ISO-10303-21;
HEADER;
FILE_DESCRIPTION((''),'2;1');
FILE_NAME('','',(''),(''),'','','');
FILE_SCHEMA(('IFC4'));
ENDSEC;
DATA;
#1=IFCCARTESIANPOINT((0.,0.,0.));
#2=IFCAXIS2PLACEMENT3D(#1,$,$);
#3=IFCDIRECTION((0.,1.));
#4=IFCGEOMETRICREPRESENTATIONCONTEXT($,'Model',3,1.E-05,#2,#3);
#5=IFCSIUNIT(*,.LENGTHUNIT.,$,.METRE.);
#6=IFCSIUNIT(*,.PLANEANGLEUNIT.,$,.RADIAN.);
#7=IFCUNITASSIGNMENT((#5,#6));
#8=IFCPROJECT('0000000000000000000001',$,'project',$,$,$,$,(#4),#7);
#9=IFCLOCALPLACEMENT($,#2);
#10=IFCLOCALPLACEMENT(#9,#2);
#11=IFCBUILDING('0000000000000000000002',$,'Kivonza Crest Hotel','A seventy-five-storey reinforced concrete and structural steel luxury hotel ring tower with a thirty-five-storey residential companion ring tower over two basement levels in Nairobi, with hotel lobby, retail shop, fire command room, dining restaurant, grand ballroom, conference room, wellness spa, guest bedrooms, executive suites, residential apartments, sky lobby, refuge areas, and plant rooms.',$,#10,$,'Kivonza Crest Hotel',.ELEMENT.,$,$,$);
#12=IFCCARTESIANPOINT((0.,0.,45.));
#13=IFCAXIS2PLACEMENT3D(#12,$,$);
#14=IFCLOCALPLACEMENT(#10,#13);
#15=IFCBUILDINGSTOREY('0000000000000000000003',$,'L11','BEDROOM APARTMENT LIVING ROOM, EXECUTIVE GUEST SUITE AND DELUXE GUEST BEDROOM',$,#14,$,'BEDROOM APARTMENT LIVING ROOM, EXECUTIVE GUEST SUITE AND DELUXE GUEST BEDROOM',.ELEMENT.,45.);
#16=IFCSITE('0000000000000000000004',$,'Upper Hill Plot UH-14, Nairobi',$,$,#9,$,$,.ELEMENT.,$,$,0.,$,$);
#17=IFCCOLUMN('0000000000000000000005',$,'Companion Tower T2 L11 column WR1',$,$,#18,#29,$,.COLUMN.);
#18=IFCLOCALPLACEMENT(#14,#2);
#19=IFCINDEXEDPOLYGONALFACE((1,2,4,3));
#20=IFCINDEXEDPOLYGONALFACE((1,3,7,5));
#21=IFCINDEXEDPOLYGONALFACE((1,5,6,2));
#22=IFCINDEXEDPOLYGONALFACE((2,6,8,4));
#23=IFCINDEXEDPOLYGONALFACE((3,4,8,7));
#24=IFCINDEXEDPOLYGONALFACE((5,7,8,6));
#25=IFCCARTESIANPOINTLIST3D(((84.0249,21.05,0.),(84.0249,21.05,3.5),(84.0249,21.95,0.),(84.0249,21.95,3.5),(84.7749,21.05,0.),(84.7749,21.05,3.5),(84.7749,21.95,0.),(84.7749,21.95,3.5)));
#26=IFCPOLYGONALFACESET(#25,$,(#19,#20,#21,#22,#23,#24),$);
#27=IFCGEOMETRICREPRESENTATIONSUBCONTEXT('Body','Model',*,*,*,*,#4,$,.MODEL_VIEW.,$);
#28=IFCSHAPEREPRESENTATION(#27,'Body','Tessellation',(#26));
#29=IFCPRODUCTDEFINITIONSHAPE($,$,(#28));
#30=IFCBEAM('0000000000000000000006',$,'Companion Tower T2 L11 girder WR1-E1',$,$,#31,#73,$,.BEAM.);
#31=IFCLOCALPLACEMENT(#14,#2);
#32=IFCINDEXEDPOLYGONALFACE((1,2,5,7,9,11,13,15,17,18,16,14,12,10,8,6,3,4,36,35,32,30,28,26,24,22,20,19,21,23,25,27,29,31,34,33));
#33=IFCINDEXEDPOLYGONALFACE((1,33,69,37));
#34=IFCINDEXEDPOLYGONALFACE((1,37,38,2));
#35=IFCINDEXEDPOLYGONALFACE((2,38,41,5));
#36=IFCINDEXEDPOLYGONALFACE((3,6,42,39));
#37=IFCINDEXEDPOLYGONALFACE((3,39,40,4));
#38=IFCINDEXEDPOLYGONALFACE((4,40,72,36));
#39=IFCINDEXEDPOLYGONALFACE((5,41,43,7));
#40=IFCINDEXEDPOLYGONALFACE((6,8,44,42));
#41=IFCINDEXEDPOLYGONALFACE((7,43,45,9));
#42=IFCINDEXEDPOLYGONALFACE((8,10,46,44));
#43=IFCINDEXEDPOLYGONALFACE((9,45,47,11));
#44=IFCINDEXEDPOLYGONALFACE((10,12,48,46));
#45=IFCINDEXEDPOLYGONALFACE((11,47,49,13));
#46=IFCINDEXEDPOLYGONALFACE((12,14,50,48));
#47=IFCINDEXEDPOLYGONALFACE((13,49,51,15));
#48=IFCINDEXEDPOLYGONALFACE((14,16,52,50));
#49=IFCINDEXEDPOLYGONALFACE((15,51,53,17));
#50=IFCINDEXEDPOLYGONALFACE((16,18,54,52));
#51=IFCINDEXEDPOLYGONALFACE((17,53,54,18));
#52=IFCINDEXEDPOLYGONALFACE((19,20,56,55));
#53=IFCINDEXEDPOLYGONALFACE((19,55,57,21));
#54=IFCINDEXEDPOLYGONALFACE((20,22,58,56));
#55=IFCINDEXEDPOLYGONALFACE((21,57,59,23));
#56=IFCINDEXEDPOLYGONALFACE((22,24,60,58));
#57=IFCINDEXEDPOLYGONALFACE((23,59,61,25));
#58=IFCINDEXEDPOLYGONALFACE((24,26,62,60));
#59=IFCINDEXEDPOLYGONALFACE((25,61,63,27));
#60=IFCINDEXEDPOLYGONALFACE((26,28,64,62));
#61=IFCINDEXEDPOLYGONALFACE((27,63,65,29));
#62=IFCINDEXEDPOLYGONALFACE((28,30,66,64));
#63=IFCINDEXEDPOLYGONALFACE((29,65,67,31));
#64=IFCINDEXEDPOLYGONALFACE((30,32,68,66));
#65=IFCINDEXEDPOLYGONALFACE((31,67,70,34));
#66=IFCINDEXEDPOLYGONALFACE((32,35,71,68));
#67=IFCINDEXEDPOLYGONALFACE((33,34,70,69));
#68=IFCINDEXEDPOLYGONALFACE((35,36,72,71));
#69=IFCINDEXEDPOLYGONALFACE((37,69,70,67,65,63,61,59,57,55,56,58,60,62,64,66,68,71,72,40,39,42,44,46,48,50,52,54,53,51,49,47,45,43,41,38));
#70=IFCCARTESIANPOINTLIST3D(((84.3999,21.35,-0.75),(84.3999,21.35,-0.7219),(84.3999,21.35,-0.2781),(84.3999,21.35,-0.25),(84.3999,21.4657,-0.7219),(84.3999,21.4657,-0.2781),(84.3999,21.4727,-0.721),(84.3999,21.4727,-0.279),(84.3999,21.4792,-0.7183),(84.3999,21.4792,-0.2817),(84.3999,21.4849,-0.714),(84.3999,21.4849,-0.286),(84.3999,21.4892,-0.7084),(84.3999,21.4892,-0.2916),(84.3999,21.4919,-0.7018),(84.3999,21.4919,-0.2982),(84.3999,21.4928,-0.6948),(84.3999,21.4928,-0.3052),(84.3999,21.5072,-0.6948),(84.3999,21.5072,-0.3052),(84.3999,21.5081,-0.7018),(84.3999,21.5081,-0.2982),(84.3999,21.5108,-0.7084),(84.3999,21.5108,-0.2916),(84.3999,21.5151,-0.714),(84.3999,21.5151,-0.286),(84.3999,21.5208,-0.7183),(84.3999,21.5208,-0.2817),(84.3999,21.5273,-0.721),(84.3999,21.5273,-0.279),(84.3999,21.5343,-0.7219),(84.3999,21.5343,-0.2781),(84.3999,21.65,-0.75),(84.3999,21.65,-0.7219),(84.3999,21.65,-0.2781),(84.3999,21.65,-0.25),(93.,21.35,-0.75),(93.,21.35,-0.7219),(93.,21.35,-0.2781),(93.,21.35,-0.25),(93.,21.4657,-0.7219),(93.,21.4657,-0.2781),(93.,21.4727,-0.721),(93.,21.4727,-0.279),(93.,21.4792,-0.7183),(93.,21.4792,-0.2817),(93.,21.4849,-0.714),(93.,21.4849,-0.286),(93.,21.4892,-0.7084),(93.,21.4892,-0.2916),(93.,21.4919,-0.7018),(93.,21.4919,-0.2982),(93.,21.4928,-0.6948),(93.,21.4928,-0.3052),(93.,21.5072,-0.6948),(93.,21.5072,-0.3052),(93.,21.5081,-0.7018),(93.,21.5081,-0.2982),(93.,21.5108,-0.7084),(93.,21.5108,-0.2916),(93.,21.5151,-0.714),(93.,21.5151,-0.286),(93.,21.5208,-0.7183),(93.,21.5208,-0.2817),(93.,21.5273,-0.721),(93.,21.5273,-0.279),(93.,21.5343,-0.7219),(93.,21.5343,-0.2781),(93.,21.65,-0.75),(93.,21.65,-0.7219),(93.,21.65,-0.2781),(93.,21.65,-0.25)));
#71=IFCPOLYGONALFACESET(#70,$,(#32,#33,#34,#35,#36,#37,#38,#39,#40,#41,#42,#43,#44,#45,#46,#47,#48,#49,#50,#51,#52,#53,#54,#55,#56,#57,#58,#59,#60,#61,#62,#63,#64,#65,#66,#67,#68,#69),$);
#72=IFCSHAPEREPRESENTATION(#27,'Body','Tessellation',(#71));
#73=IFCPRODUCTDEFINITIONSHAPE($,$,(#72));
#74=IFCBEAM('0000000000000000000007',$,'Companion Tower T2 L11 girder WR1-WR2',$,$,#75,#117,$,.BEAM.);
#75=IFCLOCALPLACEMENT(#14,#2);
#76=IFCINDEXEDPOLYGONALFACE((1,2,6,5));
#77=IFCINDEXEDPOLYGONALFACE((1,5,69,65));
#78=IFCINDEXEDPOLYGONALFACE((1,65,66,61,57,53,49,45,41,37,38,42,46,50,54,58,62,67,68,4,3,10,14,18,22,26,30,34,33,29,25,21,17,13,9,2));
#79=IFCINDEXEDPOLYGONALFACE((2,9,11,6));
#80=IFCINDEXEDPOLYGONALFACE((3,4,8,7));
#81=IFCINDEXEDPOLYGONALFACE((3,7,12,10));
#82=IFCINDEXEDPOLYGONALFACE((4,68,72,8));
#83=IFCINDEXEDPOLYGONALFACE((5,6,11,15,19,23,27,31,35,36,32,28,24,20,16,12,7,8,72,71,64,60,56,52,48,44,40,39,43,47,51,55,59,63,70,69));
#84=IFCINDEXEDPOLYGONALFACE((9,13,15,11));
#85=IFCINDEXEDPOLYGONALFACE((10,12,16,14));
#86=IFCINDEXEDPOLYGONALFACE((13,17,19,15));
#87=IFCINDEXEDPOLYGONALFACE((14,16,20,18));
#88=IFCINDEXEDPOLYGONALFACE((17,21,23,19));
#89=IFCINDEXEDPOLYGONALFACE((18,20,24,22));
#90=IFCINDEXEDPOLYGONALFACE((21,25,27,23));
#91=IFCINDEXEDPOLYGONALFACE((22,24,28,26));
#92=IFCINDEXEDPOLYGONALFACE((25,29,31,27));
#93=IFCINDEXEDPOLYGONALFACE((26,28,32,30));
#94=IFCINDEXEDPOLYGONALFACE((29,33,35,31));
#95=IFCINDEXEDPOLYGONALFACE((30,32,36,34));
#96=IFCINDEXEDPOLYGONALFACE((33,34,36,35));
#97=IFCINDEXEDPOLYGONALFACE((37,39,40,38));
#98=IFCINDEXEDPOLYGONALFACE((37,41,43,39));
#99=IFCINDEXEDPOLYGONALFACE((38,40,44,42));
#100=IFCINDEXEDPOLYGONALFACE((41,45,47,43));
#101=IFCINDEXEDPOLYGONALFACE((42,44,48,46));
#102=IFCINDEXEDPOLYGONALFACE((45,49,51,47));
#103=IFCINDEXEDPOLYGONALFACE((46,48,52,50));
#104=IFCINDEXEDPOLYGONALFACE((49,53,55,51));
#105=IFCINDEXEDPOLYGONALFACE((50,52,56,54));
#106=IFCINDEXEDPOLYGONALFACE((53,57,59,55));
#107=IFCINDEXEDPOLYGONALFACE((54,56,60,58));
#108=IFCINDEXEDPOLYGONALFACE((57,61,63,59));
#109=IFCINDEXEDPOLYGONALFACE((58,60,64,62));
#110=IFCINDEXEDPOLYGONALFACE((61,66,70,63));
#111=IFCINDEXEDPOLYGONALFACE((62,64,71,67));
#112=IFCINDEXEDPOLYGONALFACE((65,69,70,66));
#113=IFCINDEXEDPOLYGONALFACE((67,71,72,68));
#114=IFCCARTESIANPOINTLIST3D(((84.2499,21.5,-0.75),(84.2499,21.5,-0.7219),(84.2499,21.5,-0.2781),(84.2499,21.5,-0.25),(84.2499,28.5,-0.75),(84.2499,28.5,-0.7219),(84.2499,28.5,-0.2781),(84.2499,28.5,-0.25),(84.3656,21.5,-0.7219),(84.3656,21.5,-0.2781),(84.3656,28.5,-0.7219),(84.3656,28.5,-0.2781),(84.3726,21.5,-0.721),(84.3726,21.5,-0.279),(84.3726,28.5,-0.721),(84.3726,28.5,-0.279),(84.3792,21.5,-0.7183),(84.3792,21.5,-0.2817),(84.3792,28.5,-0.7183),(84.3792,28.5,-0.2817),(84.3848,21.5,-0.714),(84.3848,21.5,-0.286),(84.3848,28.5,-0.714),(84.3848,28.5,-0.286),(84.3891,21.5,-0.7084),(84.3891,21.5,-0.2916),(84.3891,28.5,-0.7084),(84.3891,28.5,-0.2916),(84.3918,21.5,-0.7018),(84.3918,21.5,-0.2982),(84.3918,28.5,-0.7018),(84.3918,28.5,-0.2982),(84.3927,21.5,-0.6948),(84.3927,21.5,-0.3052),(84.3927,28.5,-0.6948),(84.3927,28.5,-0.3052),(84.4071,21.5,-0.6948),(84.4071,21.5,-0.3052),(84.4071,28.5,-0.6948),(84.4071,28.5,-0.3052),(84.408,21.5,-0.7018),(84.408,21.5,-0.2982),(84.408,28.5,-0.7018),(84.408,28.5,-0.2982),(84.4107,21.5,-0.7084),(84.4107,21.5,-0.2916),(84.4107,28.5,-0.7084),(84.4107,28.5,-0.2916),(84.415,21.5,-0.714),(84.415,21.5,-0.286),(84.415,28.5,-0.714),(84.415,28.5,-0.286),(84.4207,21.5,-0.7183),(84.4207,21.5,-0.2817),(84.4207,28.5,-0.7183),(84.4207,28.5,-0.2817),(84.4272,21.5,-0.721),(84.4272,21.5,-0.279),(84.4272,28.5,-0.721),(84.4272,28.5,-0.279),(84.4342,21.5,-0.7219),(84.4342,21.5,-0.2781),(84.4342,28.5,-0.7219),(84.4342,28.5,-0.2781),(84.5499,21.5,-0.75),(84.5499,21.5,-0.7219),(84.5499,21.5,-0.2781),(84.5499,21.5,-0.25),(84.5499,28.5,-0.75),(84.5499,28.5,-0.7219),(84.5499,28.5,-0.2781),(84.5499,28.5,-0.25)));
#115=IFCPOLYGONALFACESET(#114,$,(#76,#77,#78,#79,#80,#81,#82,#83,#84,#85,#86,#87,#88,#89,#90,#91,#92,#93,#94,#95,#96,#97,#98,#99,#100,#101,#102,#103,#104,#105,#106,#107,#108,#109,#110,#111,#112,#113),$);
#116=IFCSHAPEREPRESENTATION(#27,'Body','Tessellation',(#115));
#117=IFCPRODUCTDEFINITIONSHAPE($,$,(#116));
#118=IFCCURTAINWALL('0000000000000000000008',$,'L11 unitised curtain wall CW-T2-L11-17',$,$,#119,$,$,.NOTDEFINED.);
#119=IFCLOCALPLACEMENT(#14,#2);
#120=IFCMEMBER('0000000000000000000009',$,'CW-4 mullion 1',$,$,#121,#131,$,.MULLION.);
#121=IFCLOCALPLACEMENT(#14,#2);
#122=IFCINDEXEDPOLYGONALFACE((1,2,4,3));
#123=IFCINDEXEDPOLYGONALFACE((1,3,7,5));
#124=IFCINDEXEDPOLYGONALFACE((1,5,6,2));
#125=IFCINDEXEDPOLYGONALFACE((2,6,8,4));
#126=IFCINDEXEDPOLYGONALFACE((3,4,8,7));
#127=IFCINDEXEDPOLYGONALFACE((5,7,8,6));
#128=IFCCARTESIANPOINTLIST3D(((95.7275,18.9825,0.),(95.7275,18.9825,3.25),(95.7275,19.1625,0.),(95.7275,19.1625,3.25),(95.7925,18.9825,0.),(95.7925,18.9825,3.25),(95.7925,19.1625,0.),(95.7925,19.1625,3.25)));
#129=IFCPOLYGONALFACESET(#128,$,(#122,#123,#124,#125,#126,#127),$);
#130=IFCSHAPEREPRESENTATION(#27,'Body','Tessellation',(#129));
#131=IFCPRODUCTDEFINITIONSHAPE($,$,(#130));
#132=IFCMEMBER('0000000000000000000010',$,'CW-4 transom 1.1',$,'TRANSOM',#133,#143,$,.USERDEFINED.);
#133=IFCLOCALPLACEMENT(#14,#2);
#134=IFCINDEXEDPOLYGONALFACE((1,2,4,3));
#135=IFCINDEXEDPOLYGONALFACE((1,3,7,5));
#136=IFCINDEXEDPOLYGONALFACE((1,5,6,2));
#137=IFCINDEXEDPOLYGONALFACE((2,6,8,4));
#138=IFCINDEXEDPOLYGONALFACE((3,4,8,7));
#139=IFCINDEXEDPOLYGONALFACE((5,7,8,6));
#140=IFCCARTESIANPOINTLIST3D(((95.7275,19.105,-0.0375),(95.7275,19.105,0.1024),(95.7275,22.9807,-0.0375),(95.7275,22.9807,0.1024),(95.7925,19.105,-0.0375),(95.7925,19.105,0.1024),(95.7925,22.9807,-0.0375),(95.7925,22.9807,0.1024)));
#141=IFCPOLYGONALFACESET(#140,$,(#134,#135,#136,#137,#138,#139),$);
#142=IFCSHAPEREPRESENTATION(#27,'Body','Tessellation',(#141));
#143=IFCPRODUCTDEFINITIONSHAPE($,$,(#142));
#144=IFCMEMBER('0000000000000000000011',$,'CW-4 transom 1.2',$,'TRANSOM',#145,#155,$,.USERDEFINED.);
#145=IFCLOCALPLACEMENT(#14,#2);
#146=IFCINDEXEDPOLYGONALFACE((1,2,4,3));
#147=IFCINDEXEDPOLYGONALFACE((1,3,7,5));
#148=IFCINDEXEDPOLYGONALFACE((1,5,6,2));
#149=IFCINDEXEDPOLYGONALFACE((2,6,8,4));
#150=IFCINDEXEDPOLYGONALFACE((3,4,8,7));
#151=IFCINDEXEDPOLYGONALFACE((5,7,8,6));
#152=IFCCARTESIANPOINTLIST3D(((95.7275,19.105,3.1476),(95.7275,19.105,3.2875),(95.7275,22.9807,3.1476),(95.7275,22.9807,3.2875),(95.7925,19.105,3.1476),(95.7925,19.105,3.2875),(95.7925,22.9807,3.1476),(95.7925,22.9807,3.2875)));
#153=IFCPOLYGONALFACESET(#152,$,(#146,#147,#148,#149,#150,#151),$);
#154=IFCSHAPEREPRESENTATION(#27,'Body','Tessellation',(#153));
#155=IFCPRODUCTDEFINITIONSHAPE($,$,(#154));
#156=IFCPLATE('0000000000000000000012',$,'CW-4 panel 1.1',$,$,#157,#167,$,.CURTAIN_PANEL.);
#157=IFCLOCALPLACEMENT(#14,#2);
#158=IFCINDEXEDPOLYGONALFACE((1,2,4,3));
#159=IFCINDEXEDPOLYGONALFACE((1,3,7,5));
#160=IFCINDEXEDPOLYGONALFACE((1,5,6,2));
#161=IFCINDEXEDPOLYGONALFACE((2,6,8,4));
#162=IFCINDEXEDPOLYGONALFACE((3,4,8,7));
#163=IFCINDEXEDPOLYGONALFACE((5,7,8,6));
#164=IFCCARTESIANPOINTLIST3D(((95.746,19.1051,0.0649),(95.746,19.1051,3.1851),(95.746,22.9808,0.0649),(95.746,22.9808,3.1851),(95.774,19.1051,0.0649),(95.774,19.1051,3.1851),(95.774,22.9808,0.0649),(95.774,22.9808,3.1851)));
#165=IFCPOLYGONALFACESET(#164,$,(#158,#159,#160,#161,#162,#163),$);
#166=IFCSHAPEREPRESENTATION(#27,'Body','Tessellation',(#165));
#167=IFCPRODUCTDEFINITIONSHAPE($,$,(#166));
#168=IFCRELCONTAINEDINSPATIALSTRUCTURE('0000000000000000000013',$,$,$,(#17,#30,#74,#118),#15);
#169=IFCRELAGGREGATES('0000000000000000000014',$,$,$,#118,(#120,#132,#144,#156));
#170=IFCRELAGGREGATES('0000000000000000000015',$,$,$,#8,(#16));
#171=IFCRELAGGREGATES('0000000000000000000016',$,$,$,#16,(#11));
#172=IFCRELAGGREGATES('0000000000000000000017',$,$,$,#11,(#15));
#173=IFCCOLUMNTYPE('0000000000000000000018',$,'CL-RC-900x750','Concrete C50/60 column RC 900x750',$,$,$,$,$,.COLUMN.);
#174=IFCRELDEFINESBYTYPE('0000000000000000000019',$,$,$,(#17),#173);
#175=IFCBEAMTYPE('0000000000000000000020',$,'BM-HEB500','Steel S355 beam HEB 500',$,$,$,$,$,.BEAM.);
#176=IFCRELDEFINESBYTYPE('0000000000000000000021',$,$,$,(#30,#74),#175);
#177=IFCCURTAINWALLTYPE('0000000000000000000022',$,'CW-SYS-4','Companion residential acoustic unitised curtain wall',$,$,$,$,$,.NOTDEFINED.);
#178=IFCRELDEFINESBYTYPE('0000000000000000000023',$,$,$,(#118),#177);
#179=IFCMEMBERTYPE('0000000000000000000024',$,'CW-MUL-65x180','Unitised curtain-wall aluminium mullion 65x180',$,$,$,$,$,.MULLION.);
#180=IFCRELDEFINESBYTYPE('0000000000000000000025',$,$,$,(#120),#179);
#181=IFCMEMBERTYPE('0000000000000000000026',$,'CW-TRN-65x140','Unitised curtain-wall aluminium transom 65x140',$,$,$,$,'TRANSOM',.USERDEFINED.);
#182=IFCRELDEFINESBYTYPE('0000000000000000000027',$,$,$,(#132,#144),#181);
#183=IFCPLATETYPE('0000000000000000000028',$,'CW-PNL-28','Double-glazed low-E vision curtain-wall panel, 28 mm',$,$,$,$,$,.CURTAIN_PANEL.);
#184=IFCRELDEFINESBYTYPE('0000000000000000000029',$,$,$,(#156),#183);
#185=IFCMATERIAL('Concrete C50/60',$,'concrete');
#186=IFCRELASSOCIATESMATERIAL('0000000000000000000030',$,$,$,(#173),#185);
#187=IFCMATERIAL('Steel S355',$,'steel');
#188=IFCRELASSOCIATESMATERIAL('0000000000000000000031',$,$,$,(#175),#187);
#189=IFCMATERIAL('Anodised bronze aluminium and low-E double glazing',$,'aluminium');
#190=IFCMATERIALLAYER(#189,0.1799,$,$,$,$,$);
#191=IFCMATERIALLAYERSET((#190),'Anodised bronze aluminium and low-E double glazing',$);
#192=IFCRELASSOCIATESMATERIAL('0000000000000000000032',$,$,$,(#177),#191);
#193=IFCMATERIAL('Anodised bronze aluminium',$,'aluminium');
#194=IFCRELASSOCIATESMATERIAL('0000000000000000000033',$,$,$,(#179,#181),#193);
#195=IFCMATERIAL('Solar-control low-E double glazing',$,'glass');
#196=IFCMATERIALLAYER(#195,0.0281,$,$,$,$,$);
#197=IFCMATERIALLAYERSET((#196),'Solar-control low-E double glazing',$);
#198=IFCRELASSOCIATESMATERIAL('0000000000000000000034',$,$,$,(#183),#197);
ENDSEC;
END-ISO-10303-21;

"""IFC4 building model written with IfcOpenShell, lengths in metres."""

from ifc_helpers import new_model, si_unit, direction, frame, origin, origin_2d, place, context, subcontext, project, spatial, rectangle, i_section, extrude, material, layer, layer_set, material_profile, profile_set, type_object, element, aggregate, save


model = new_model("IFC4")

# Units and contexts
model_context = context("Model", 3, precision=1e-05, world=origin(), true_north=direction((0.0, 1.0)))
body_context = subcontext(model_context, "Body", "Model", "MODEL_VIEW")
ifc_project = project(units=[si_unit("LENGTHUNIT", "METRE"), si_unit("PLANEANGLEUNIT", "RADIAN")], contexts=[model_context])

# Site, building, storey
site_placement = place(None, origin())
site = spatial("IfcSite", under=ifc_project, at=site_placement, Name="Upper Hill Plot UH-14, Nairobi", CompositionType="ELEMENT", RefElevation=0.0)
building_placement = place(site_placement, origin())
building = spatial("IfcBuilding", under=site, at=building_placement, Name="Kivonza Crest Hotel", Description="A seventy-five-storey reinforced concrete and structural steel luxury hotel ring tower with a thirty-five-storey residential companion ring tower over two basement levels in Nairobi, with hotel lobby, retail shop, fire command room, dining restaurant, grand ballroom, conference room, wellness spa, guest bedrooms, executive suites, residential apartments, sky lobby, refuge areas, and plant rooms.", LongName="Kivonza Crest Hotel", CompositionType="ELEMENT")
storey_placement = place(building_placement, frame((0.0, 0.0, 45.0)))
storey = spatial("IfcBuildingStorey", under=building, at=storey_placement, Name="L11", Description="BEDROOM APARTMENT LIVING ROOM, EXECUTIVE GUEST SUITE AND DELUXE GUEST BEDROOM", LongName="BEDROOM APARTMENT LIVING ROOM, EXECUTIVE GUEST SUITE AND DELUXE GUEST BEDROOM", CompositionType="ELEMENT", Elevation=45.0)

# Column
ifc_material_1 = material(Name="Concrete C50/60", Category="concrete")
ifc_material_profile_1 = material_profile(ifc_material_1, rectangle(XDim=0.75, YDim=0.8999, at=origin_2d()), Name="RC 900x750")
ifc_profile_set_1 = profile_set([ifc_material_profile_1], Name="Concrete C50/60")
column_type = type_object("IfcColumnType", Name="CL-RC-900x750", Description="Concrete C50/60 column RC 900x750", PredefinedType="COLUMN", material=ifc_profile_set_1)
column_placement = place(storey_placement, frame((84.3999, 21.5, 0.0), z_axis=(0.0, 0.0, 1.0), x_axis=(1.0, 0.0, 0.0)))
element("IfcColumn", 1, at=column_placement, inside=storey, type_object=column_type, Name="Companion Tower T2 L11 column WR1", PredefinedType="COLUMN", context=body_context, shape_type="SweptSolid", body=[
    extrude(rectangle(XDim=0.75, YDim=0.8999, at=origin_2d()), origin(), (0.0, 0.0, 1.0), 3.5),
])

# Beams
ifc_material_2 = material(Name="Steel S355", Category="steel")
ifc_material_profile_2 = material_profile(ifc_material_2, i_section(OverallWidth=0.3, OverallDepth=0.5, WebThickness=0.0144, FlangeThickness=0.0281, FilletRadius=0.0271, at=origin_2d()), Name="HEB 500")
ifc_profile_set_2 = profile_set([ifc_material_profile_2], Name="Steel S355")
beam_type = type_object("IfcBeamType", Name="BM-HEB500", Description="Steel S355 beam HEB 500", PredefinedType="BEAM", material=ifc_profile_set_2)
beam_1_placement = place(storey_placement, frame((84.3999, 21.5, -0.5), z_axis=(1.0, 0.0, 0.0), x_axis=(0.0, 1.0, 0.0)))
element("IfcBeam", 2, at=beam_1_placement, inside=storey, type_object=beam_type, Name="Companion Tower T2 L11 girder WR1-E1", PredefinedType="BEAM", context=body_context, shape_type="SweptSolid", body=[
    extrude(i_section(OverallWidth=0.3, OverallDepth=0.5, WebThickness=0.0144, FlangeThickness=0.0281, FilletRadius=0.0271, at=origin_2d()), origin(), (0.0, 0.0, 1.0), 8.6001),
])
beam_2_placement = place(storey_placement, frame((84.3999, 21.5, -0.5), z_axis=(0.0, 1.0, 0.0), x_axis=(-1.0, 0.0, 0.0)))
element("IfcBeam", 3, at=beam_2_placement, inside=storey, type_object=beam_type, Name="Companion Tower T2 L11 girder WR1-WR2", PredefinedType="BEAM", context=body_context, shape_type="SweptSolid", body=[
    extrude(i_section(OverallWidth=0.3, OverallDepth=0.5, WebThickness=0.0144, FlangeThickness=0.0281, FilletRadius=0.0271, at=origin_2d()), origin(), (0.0, 0.0, 1.0), 7.0),
])

# Curtain wall, members, plate
ifc_material_3 = material(Name="Anodised bronze aluminium and low-E double glazing", Category="aluminium")
ifc_layer_1 = layer(ifc_material_3, 0.1799)
ifc_layer_set_1 = layer_set([ifc_layer_1], Name="Anodised bronze aluminium and low-E double glazing")
curtain_wall_type = type_object("IfcCurtainWallType", Name="CW-SYS-4", Description="Companion residential acoustic unitised curtain wall", PredefinedType="NOTDEFINED", material=ifc_layer_set_1)
curtain_wall_placement = place(storey_placement, origin())
curtain_wall = element("IfcCurtainWall", 4, at=curtain_wall_placement, inside=storey, type_object=curtain_wall_type, Name="L11 unitised curtain wall CW-T2-L11-17", PredefinedType="NOTDEFINED")
ifc_material_4 = material(Name="Anodised bronze aluminium", Category="aluminium")
ifc_material_profile_3 = material_profile(ifc_material_4, rectangle(XDim=0.0649, YDim=0.1799, at=origin_2d()), Name="CW-M 65x180")
ifc_profile_set_3 = profile_set([ifc_material_profile_3], Name="Anodised bronze aluminium")
member_type_1 = type_object("IfcMemberType", Name="CW-MUL-65x180", Description="Unitised curtain-wall aluminium mullion 65x180", PredefinedType="MULLION", material=ifc_profile_set_3)
member_1_placement = place(storey_placement, frame((95.76, 19.0725, 0.0), z_axis=(0.0, 0.0, 1.0), x_axis=(-1.0, 0.0, 0.0)))
member_1 = element("IfcMember", 5, at=member_1_placement, type_object=member_type_1, Name="CW-4 mullion 1", PredefinedType="MULLION", context=body_context, shape_type="SweptSolid", body=[
    extrude(rectangle(XDim=0.0649, YDim=0.1799, at=origin_2d()), origin(), (0.0, 0.0, 1.0), 3.25),
])
ifc_material_profile_4 = material_profile(ifc_material_4, rectangle(XDim=0.0649, YDim=0.1399, at=origin_2d()), Name="CW-T 65x140")
ifc_profile_set_4 = profile_set([ifc_material_profile_4], Name="Anodised bronze aluminium")
member_type_2 = type_object("IfcMemberType", Name="CW-TRN-65x140", Description="Unitised curtain-wall aluminium transom 65x140", ElementType="TRANSOM", PredefinedType="USERDEFINED", material=ifc_profile_set_4)
member_2_placement = place(storey_placement, frame((95.76, 19.105, 0.0325), z_axis=(0.0, 1.0, 0.0), x_axis=(-1.0, 0.0, 0.0)))
member_2 = element("IfcMember", 6, at=member_2_placement, type_object=member_type_2, Name="CW-4 transom 1.1", ObjectType="TRANSOM", PredefinedType="USERDEFINED", context=body_context, shape_type="SweptSolid", body=[
    extrude(rectangle(XDim=0.0649, YDim=0.1399, at=origin_2d()), origin(), (0.0, 0.0, 1.0), 3.8757),
])
member_3_placement = place(storey_placement, frame((95.76, 19.105, 3.2175), z_axis=(0.0, 1.0, 0.0), x_axis=(-1.0, 0.0, 0.0)))
member_3 = element("IfcMember", 7, at=member_3_placement, type_object=member_type_2, Name="CW-4 transom 1.2", ObjectType="TRANSOM", PredefinedType="USERDEFINED", context=body_context, shape_type="SweptSolid", body=[
    extrude(rectangle(XDim=0.0649, YDim=0.1399, at=origin_2d()), origin(), (0.0, 0.0, 1.0), 3.8757),
])
ifc_material_5 = material(Name="Solar-control low-E double glazing", Category="glass")
ifc_layer_2 = layer(ifc_material_5, 0.0281)
ifc_layer_set_2 = layer_set([ifc_layer_2], Name="Solar-control low-E double glazing")
plate_type = type_object("IfcPlateType", Name="CW-PNL-28", Description="Double-glazed low-E vision curtain-wall panel, 28 mm", PredefinedType="CURTAIN_PANEL", material=ifc_layer_set_2)
plate_placement = place(storey_placement, frame((95.76, 21.043, 0.0649), z_axis=(0.0, 0.0, 1.0), x_axis=(0.0, 1.0, 0.0)))
plate = element("IfcPlate", 8, at=plate_placement, type_object=plate_type, Name="CW-4 panel 1.1", PredefinedType="CURTAIN_PANEL", context=body_context, shape_type="SweptSolid", body=[
    extrude(rectangle(XDim=3.8757, YDim=0.0281, at=origin_2d()), origin(), (0.0, 0.0, 1.0), 3.1201),
])
aggregate(curtain_wall, [member_1, member_2, member_3, plate])

save(model, "model.ifc")
